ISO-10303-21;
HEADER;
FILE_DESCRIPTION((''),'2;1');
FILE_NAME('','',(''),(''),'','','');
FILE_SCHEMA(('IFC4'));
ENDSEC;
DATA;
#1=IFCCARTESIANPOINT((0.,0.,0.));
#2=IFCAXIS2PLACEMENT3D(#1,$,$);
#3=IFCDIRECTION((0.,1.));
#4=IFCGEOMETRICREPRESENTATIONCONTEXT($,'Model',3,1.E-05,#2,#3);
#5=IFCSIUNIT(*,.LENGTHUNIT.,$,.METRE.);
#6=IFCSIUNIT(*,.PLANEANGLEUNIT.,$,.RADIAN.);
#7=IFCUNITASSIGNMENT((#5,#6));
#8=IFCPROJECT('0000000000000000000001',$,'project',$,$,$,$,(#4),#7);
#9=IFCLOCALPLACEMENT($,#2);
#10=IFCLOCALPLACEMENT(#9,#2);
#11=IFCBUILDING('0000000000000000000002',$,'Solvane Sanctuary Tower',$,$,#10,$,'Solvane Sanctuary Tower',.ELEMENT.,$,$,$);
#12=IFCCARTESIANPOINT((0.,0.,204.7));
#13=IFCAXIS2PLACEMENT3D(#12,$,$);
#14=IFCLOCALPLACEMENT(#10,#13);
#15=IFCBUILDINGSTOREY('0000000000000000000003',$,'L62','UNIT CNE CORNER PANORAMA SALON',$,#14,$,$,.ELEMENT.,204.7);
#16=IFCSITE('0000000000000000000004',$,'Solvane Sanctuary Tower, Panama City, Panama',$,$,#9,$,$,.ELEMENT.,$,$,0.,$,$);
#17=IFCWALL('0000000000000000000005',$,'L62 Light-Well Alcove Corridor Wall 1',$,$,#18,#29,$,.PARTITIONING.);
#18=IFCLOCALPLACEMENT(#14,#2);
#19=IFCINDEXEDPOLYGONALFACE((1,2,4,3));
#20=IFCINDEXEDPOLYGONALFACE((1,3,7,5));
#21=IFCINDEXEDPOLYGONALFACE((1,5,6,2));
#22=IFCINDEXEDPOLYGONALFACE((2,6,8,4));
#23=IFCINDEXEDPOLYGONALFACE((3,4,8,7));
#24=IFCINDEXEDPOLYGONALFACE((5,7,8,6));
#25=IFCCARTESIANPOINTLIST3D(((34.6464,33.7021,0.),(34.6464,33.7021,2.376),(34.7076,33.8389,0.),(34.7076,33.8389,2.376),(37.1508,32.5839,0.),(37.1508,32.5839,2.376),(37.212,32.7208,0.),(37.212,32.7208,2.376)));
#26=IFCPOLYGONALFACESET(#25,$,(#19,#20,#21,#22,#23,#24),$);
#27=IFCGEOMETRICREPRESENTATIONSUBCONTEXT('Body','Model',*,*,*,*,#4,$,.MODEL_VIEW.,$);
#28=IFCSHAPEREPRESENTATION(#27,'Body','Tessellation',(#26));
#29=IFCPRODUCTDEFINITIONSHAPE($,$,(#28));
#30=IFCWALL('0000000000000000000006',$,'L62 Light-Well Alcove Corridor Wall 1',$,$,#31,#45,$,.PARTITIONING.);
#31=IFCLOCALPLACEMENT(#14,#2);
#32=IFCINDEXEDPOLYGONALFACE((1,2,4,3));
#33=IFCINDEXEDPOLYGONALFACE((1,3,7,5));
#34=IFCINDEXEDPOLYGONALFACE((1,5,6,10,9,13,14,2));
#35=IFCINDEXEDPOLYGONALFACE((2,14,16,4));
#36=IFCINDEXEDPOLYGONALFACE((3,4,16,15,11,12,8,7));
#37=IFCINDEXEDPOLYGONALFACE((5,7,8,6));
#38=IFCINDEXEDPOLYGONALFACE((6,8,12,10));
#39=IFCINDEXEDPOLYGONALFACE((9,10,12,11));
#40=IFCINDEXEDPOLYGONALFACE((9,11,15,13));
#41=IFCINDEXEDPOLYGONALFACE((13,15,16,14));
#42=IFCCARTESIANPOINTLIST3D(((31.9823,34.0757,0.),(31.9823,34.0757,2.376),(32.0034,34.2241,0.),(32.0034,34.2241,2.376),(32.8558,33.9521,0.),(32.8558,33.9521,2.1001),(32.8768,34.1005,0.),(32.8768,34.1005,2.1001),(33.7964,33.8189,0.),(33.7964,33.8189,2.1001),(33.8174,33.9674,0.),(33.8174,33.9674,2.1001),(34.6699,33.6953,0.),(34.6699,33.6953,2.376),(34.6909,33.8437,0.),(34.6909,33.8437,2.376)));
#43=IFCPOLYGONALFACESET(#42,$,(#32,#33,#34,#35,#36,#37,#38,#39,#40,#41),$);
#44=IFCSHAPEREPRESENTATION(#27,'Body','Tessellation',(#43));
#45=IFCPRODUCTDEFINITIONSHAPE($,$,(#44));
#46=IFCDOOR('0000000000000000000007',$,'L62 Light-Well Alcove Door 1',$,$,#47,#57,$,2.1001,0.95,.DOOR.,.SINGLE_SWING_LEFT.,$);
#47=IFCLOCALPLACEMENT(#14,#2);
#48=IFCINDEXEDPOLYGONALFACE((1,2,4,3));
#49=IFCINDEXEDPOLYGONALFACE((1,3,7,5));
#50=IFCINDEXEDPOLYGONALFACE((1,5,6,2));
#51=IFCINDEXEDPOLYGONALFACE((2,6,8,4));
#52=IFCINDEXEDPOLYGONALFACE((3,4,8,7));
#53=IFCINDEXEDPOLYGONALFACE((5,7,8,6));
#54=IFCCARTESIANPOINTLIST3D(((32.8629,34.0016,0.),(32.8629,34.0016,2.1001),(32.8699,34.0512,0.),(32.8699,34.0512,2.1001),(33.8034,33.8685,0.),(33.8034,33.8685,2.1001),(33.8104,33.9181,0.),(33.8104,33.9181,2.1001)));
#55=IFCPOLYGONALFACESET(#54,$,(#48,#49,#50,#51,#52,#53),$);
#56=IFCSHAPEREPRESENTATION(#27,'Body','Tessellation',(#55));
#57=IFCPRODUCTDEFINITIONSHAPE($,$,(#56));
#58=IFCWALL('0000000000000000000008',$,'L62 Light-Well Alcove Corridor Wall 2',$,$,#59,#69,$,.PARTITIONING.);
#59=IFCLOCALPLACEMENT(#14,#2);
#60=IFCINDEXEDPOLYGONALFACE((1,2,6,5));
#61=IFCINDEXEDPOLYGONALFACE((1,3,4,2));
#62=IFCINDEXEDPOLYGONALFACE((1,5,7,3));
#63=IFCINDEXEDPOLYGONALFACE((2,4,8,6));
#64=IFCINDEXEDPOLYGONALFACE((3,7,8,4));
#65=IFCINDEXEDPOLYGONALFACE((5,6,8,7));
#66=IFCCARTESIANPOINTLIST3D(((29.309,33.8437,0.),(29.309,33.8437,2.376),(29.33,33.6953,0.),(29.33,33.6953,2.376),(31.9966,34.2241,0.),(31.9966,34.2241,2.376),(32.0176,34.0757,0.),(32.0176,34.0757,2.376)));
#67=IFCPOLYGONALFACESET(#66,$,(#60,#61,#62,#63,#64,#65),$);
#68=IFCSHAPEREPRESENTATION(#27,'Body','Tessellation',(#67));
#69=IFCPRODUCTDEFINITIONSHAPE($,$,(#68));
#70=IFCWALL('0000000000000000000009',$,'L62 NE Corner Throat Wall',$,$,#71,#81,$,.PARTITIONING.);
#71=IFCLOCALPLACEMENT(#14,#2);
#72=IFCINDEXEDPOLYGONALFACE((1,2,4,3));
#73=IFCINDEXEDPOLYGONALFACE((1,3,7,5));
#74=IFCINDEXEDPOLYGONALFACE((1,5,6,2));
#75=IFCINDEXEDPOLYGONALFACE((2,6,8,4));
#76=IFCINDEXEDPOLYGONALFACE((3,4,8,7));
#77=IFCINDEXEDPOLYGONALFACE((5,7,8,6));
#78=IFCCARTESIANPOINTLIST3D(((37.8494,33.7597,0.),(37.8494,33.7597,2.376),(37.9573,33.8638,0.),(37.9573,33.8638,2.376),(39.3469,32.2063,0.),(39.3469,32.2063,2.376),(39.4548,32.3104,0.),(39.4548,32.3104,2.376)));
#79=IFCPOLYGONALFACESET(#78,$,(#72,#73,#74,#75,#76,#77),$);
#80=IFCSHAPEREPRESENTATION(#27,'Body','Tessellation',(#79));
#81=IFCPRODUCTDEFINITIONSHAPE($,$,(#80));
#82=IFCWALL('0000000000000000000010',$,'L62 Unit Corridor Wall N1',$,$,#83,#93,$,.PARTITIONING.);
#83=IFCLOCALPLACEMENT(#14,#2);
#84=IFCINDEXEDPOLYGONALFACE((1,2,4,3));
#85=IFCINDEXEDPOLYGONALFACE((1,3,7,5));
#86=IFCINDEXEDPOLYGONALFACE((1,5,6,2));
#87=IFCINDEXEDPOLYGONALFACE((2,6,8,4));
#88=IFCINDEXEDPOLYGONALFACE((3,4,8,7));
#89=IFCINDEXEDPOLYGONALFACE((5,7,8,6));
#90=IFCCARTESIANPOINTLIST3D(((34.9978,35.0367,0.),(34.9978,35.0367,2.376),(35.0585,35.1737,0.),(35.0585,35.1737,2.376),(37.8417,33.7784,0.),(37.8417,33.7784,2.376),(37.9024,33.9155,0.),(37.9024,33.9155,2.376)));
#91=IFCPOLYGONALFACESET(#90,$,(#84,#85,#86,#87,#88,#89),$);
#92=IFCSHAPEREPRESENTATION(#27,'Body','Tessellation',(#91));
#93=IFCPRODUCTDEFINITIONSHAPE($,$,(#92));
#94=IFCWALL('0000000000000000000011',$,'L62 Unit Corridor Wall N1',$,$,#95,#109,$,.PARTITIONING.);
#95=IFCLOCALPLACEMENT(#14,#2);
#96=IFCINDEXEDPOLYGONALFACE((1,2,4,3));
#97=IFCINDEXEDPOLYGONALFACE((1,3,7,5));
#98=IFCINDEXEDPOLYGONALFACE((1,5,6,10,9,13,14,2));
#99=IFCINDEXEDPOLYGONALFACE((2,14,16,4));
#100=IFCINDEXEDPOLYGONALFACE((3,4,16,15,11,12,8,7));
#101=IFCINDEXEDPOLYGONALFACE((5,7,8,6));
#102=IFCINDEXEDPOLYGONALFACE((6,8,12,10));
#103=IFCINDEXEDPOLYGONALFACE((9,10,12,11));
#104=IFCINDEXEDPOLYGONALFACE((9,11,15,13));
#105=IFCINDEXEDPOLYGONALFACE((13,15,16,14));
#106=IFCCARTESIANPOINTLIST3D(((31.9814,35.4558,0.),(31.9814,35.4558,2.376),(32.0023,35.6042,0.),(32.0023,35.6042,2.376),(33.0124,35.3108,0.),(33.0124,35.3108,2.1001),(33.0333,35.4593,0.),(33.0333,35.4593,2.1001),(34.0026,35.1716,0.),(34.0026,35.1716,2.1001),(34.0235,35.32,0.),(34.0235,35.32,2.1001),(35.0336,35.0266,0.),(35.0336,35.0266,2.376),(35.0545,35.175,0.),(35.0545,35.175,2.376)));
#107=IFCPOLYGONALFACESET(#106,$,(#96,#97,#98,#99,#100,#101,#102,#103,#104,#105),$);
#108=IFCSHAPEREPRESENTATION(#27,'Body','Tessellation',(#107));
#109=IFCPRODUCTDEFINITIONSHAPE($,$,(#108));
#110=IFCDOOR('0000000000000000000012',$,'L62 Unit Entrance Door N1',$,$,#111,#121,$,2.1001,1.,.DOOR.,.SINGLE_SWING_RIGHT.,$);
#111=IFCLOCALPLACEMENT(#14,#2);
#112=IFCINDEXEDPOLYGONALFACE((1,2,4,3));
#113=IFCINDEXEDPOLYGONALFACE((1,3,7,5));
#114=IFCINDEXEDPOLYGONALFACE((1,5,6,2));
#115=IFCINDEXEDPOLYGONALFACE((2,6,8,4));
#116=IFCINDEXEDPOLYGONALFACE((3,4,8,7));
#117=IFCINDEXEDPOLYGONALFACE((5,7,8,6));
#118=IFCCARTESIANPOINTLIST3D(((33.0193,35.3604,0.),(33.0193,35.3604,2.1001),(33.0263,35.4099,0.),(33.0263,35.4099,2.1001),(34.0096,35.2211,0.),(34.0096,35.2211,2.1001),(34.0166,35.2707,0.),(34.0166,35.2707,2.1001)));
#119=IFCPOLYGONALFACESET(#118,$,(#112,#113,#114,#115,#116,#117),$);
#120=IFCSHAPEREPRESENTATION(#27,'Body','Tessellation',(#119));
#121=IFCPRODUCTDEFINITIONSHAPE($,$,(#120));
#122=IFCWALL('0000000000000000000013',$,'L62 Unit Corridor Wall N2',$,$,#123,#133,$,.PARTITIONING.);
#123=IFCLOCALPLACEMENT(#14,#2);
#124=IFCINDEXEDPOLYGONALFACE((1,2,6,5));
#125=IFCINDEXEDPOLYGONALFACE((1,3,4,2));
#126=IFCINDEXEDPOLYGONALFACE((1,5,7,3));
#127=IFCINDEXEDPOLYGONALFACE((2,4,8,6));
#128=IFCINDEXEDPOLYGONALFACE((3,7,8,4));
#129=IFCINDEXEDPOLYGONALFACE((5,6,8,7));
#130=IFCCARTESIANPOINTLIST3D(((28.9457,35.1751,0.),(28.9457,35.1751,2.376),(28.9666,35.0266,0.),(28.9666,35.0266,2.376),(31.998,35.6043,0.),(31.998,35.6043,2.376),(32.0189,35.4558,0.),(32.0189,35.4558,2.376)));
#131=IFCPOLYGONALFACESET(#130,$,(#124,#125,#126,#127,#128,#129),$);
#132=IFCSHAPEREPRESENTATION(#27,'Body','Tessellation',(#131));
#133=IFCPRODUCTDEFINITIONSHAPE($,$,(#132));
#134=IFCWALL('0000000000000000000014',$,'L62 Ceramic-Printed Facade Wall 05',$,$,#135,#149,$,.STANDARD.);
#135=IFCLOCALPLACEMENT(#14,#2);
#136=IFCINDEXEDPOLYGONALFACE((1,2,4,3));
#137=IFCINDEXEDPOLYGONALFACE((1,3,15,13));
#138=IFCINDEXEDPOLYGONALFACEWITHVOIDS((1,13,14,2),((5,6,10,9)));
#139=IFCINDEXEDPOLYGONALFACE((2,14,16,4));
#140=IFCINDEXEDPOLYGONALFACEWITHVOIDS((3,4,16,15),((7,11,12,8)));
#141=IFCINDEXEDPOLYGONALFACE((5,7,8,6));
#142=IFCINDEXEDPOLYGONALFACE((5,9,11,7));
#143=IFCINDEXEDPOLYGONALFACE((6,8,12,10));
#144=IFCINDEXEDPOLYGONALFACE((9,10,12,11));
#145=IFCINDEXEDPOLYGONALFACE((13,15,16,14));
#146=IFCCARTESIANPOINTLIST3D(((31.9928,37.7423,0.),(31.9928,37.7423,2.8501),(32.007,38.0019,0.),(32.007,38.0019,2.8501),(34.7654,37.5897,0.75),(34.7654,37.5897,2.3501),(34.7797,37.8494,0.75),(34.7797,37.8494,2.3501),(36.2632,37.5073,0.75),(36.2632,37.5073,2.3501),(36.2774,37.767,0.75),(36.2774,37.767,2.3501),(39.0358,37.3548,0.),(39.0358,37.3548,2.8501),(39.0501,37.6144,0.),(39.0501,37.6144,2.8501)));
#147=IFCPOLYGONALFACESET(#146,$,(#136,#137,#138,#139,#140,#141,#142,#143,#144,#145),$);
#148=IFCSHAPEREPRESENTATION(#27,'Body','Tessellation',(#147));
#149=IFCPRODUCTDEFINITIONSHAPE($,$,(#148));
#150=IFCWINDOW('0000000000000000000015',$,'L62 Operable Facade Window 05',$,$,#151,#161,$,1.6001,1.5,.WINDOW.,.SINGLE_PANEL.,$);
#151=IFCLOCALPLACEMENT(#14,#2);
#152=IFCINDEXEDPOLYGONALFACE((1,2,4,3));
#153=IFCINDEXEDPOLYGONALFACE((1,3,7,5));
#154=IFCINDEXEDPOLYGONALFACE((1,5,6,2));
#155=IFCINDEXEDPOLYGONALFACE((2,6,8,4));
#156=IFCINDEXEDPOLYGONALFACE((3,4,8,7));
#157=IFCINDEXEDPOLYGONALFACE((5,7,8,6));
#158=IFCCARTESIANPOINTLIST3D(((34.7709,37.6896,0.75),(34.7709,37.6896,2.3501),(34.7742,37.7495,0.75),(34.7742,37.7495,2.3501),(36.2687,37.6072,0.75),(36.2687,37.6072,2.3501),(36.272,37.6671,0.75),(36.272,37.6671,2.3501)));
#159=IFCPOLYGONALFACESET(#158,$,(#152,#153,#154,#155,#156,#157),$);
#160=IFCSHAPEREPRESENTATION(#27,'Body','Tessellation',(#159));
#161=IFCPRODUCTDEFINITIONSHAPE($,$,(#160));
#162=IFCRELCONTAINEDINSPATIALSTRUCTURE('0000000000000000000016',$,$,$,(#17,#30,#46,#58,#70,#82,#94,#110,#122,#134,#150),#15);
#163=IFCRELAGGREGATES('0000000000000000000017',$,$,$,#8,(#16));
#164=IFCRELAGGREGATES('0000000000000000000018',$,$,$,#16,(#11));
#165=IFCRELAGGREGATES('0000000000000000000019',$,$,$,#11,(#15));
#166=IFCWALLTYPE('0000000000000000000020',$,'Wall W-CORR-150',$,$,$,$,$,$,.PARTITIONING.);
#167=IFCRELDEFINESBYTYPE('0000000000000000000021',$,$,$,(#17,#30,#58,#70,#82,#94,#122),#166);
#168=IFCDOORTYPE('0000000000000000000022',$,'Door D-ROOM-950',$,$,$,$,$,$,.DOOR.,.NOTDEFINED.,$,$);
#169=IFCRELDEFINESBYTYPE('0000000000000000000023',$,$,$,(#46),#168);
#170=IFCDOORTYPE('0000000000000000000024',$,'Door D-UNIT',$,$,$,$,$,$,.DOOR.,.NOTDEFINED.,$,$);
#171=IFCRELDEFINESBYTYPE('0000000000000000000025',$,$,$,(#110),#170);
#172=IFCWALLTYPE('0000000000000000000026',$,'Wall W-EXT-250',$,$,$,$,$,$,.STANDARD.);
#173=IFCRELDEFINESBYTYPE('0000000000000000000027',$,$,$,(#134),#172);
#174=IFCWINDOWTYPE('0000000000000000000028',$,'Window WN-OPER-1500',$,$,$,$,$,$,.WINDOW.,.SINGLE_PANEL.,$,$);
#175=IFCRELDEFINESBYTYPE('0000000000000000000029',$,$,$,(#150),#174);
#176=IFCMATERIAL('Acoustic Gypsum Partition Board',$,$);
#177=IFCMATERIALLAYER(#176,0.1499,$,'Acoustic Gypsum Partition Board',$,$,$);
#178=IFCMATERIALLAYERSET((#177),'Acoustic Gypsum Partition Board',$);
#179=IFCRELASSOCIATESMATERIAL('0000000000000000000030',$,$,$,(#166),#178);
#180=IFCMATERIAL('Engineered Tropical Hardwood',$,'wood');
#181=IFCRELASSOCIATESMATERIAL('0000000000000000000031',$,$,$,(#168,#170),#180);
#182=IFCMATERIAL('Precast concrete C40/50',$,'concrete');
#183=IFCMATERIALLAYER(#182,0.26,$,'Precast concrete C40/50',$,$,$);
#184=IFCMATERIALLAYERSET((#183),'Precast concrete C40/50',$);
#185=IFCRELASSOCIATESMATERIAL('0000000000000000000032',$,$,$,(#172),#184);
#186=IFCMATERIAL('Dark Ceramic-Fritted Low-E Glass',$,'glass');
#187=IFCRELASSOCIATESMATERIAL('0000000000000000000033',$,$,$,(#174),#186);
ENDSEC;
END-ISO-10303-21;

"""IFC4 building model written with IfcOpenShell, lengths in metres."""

from ifc_helpers import new_model, si_unit, direction, frame, frame_2d, origin, place, context, subcontext, project, spatial, rectangle, extrude, material, layer, layer_set, type_object, element, fill, save


model = new_model("IFC4")

# Units and contexts
model_context = context("Model", 3, precision=1e-05, world=origin(), true_north=direction((0.0, 1.0)))
body_context = subcontext(model_context, "Body", "Model", "MODEL_VIEW")
ifc_project = project(units=[si_unit("LENGTHUNIT", "METRE"), si_unit("PLANEANGLEUNIT", "RADIAN")], contexts=[model_context])

# Site, building, storey
site_placement = place(None, origin())
site = spatial("IfcSite", under=ifc_project, at=site_placement, Name="Solvane Sanctuary Tower, Panama City, Panama", CompositionType="ELEMENT", RefElevation=0.0)
building_placement = place(site_placement, origin())
building = spatial("IfcBuilding", under=site, at=building_placement, Name="Solvane Sanctuary Tower", LongName="Solvane Sanctuary Tower", CompositionType="ELEMENT")
storey_placement = place(building_placement, frame((0.0, 0.0, 204.7)))
storey = spatial("IfcBuildingStorey", under=building, at=storey_placement, Name="L62", Description="UNIT CNE CORNER PANORAMA SALON", CompositionType="ELEMENT", Elevation=204.7)

# Wall
ifc_material_1 = material(Name="Acoustic Gypsum Partition Board")
ifc_layer_1 = layer(ifc_material_1, 0.1499, Name="Acoustic Gypsum Partition Board")
ifc_layer_set_1 = layer_set([ifc_layer_1], Name="Acoustic Gypsum Partition Board")
wall_type_1 = type_object("IfcWallType", Name="Wall W-CORR-150", PredefinedType="PARTITIONING", material=ifc_layer_set_1)
wall_1_placement = place(storey_placement, frame((37.1814, 32.6523, 0.0), z_axis=(0.0, 0.0, 1.0), x_axis=(-0.91312, 0.407691, 0.0)))
element("IfcWall", 1, at=wall_1_placement, inside=storey, type_object=wall_type_1, Name="L62 Light-Well Alcove Corridor Wall 1", PredefinedType="PARTITIONING", context=body_context, shape_type="SweptSolid", body=[
    extrude(rectangle(XDim=2.7427, YDim=0.1499, at=frame_2d((1.3713, 0.0))), origin(), (0.0, 0.0, 1.0), 2.376),
])

# Wall, opening, door
wall_2_placement = place(storey_placement, frame((34.6804, 33.7695, 0.0), z_axis=(0.0, 0.0, 1.0), x_axis=(-0.990132, 0.140137, 0.0)))
wall_2 = element("IfcWall", 2, at=wall_2_placement, inside=storey, type_object=wall_type_1, Name="L62 Light-Well Alcove Corridor Wall 1", PredefinedType="PARTITIONING", context=body_context, shape_type="SweptSolid", body=[
    extrude(rectangle(XDim=2.7144, YDim=0.1499, at=frame_2d((1.3572, 0.0))), origin(), (0.0, 0.0, 1.0), 2.376),
])
opening_1_placement = place(wall_2_placement, frame((0.8821, 0.0, 0.0)))
opening_1 = element("IfcOpeningElement", 3, at=opening_1_placement, cuts=wall_2, PredefinedType="OPENING", context=body_context, shape_type="SweptSolid", body=[
    extrude(rectangle(XDim=0.95, YDim=2.1001, at=frame_2d((0.4751, 1.05))), frame((0.0, 0.085, 0.0), z_axis=(0.0, -1.0, 0.0), x_axis=(1.0, 0.0, 0.0)), (0.0, 0.0, 1.0), 0.1699),
])
ifc_material_2 = material(Name="Engineered Tropical Hardwood", Category="wood")
door_type_1 = type_object("IfcDoorType", Name="Door D-ROOM-950", OperationType="NOTDEFINED", PredefinedType="DOOR", material=ifc_material_2)
door_1_placement = place(opening_1_placement, origin())
door_1 = element("IfcDoor", 4, at=door_1_placement, inside=storey, type_object=door_type_1, Name="L62 Light-Well Alcove Door 1", OperationType="SINGLE_SWING_LEFT", OverallHeight=2.1001, OverallWidth=0.95, PredefinedType="DOOR", context=body_context, shape_type="SweptSolid", body=[
    extrude(rectangle(XDim=0.95, YDim=2.1001, at=frame_2d((0.4751, 1.05))), frame((0.0, 0.0249, 0.0), z_axis=(0.0, -1.0, 0.0), x_axis=(1.0, 0.0, 0.0)), (0.0, 0.0, 1.0), 0.05),
])
fill(opening_1, door_1)

# Walls
wall_3_placement = place(storey_placement, frame((32.0071, 34.1499, 0.0), z_axis=(0.0, 0.0, 1.0), x_axis=(-0.990132, -0.140137, 0.0)))
element("IfcWall", 5, at=wall_3_placement, inside=storey, type_object=wall_type_1, Name="L62 Light-Well Alcove Corridor Wall 2", PredefinedType="PARTITIONING", context=body_context, shape_type="SweptSolid", body=[
    extrude(rectangle(XDim=2.7144, YDim=0.1499, at=frame_2d((1.3572, 0.0))), origin(), (0.0, 0.0, 1.0), 2.376),
])
wall_4_placement = place(storey_placement, frame((37.9033, 33.8118, 0.0), z_axis=(0.0, 0.0, 1.0), x_axis=(0.694033, -0.719943, 0.0)))
element("IfcWall", 6, at=wall_4_placement, inside=storey, type_object=wall_type_1, Name="L62 NE Corner Throat Wall", PredefinedType="PARTITIONING", context=body_context, shape_type="SweptSolid", body=[
    extrude(rectangle(XDim=2.1577, YDim=0.1499, at=frame_2d((1.0789, 0.0))), origin(), (0.0, 0.0, 1.0), 2.376),
])
wall_5_placement = place(storey_placement, frame((37.8721, 33.8469, 0.0), z_axis=(0.0, 0.0, 1.0), x_axis=(-0.91449, 0.404608, 0.0)))
element("IfcWall", 7, at=wall_5_placement, inside=storey, type_object=wall_type_1, Name="L62 Unit Corridor Wall N1", PredefinedType="PARTITIONING", context=body_context, shape_type="SweptSolid", body=[
    extrude(rectangle(XDim=3.1099, YDim=0.1499, at=frame_2d((1.5549, 0.0))), origin(), (0.0, 0.0, 1.0), 2.376),
])

# Wall, opening, door
wall_6_placement = place(storey_placement, frame((35.0439, 35.1008, 0.0), z_axis=(0.0, 0.0, 1.0), x_axis=(-0.990258, 0.139248, 0.0)))
wall_6 = element("IfcWall", 8, at=wall_6_placement, inside=storey, type_object=wall_type_1, Name="L62 Unit Corridor Wall N1", PredefinedType="PARTITIONING", context=body_context, shape_type="SweptSolid", body=[
    extrude(rectangle(XDim=3.0823, YDim=0.1499, at=frame_2d((1.541, 0.0))), origin(), (0.0, 0.0, 1.0), 2.376),
])
opening_2_placement = place(wall_6_placement, frame((1.041, 0.0, 0.0)))
opening_2 = element("IfcOpeningElement", 9, at=opening_2_placement, cuts=wall_6, PredefinedType="OPENING", context=body_context, shape_type="SweptSolid", body=[
    extrude(rectangle(XDim=1.0, YDim=2.1001, at=frame_2d((0.5, 1.05))), frame((0.0, 0.085, 0.0), z_axis=(0.0, -1.0, 0.0), x_axis=(1.0, 0.0, 0.0)), (0.0, 0.0, 1.0), 0.1699),
])
door_type_2 = type_object("IfcDoorType", Name="Door D-UNIT", OperationType="NOTDEFINED", PredefinedType="DOOR", material=ifc_material_2)
door_2_placement = place(opening_2_placement, origin())
door_2 = element("IfcDoor", 10, at=door_2_placement, inside=storey, type_object=door_type_2, Name="L62 Unit Entrance Door N1", OperationType="SINGLE_SWING_RIGHT", OverallHeight=2.1001, OverallWidth=1.0, PredefinedType="DOOR", context=body_context, shape_type="SweptSolid", body=[
    extrude(rectangle(XDim=1.0, YDim=2.1001, at=frame_2d((0.5, 1.05))), frame((0.0, 0.0249, 0.0), z_axis=(0.0, -1.0, 0.0), x_axis=(1.0, 0.0, 0.0)), (0.0, 0.0, 1.0), 0.05),
])
fill(opening_2, door_2)

# Wall
wall_7_placement = place(storey_placement, frame((32.0083, 35.53, 0.0), z_axis=(0.0, 0.0, 1.0), x_axis=(-0.990258, -0.139248, 0.0)))
element("IfcWall", 11, at=wall_7_placement, inside=storey, type_object=wall_type_1, Name="L62 Unit Corridor Wall N2", PredefinedType="PARTITIONING", context=body_context, shape_type="SweptSolid", body=[
    extrude(rectangle(XDim=3.0823, YDim=0.1499, at=frame_2d((1.541, 0.0))), origin(), (0.0, 0.0, 1.0), 2.376),
])

# Wall, opening, window
ifc_material_3 = material(Name="Precast concrete C40/50", Category="concrete")
ifc_layer_2 = layer(ifc_material_3, 0.26, Name="Precast concrete C40/50")
ifc_layer_set_2 = layer_set([ifc_layer_2], Name="Precast concrete C40/50")
wall_type_2 = type_object("IfcWallType", Name="Wall W-EXT-250", PredefinedType="STANDARD", material=ifc_layer_set_2)
wall_8_placement = place(storey_placement, frame((39.043, 37.4846, 0.0), z_axis=(0.0, 0.0, 1.0), x_axis=(-0.99849, 0.054929, 0.0)))
wall_8 = element("IfcWall", 12, at=wall_8_placement, inside=storey, type_object=wall_type_2, Name="L62 Ceramic-Printed Facade Wall 05", PredefinedType="STANDARD", context=body_context, shape_type="SweptSolid", body=[
    extrude(rectangle(XDim=7.0537, YDim=0.26, at=frame_2d((3.5269, 0.0))), origin(), (0.0, 0.0, 1.0), 2.8501),
])
opening_3_placement = place(wall_8_placement, frame((2.7769, 0.0, 0.75)))
opening_3 = element("IfcOpeningElement", 13, at=opening_3_placement, cuts=wall_8, PredefinedType="OPENING", context=body_context, shape_type="SweptSolid", body=[
    extrude(rectangle(XDim=1.5, YDim=1.6001, at=frame_2d((0.75, 0.8))), frame((0.0, 0.1399, 0.0), z_axis=(0.0, -1.0, 0.0), x_axis=(1.0, 0.0, 0.0)), (0.0, 0.0, 1.0), 0.28),
])
ifc_material_4 = material(Name="Dark Ceramic-Fritted Low-E Glass", Category="glass")
window_type = type_object("IfcWindowType", Name="Window WN-OPER-1500", PartitioningType="SINGLE_PANEL", PredefinedType="WINDOW", material=ifc_material_4)
window_1_placement = place(opening_3_placement, origin())
window_1 = element("IfcWindow", 14, at=window_1_placement, inside=storey, type_object=window_type, Name="L62 Operable Facade Window 05", OverallHeight=1.6001, OverallWidth=1.5, PartitioningType="SINGLE_PANEL", PredefinedType="WINDOW", context=body_context, shape_type="SweptSolid", body=[
    extrude(rectangle(XDim=1.5, YDim=1.6001, at=frame_2d((0.75, 0.8))), frame((0.0, 0.03, 0.0), z_axis=(0.0, -1.0, 0.0), x_axis=(1.0, 0.0, 0.0)), (0.0, 0.0, 1.0), 0.0601),
])
fill(opening_3, window_1)

save(model, "model.ifc")
